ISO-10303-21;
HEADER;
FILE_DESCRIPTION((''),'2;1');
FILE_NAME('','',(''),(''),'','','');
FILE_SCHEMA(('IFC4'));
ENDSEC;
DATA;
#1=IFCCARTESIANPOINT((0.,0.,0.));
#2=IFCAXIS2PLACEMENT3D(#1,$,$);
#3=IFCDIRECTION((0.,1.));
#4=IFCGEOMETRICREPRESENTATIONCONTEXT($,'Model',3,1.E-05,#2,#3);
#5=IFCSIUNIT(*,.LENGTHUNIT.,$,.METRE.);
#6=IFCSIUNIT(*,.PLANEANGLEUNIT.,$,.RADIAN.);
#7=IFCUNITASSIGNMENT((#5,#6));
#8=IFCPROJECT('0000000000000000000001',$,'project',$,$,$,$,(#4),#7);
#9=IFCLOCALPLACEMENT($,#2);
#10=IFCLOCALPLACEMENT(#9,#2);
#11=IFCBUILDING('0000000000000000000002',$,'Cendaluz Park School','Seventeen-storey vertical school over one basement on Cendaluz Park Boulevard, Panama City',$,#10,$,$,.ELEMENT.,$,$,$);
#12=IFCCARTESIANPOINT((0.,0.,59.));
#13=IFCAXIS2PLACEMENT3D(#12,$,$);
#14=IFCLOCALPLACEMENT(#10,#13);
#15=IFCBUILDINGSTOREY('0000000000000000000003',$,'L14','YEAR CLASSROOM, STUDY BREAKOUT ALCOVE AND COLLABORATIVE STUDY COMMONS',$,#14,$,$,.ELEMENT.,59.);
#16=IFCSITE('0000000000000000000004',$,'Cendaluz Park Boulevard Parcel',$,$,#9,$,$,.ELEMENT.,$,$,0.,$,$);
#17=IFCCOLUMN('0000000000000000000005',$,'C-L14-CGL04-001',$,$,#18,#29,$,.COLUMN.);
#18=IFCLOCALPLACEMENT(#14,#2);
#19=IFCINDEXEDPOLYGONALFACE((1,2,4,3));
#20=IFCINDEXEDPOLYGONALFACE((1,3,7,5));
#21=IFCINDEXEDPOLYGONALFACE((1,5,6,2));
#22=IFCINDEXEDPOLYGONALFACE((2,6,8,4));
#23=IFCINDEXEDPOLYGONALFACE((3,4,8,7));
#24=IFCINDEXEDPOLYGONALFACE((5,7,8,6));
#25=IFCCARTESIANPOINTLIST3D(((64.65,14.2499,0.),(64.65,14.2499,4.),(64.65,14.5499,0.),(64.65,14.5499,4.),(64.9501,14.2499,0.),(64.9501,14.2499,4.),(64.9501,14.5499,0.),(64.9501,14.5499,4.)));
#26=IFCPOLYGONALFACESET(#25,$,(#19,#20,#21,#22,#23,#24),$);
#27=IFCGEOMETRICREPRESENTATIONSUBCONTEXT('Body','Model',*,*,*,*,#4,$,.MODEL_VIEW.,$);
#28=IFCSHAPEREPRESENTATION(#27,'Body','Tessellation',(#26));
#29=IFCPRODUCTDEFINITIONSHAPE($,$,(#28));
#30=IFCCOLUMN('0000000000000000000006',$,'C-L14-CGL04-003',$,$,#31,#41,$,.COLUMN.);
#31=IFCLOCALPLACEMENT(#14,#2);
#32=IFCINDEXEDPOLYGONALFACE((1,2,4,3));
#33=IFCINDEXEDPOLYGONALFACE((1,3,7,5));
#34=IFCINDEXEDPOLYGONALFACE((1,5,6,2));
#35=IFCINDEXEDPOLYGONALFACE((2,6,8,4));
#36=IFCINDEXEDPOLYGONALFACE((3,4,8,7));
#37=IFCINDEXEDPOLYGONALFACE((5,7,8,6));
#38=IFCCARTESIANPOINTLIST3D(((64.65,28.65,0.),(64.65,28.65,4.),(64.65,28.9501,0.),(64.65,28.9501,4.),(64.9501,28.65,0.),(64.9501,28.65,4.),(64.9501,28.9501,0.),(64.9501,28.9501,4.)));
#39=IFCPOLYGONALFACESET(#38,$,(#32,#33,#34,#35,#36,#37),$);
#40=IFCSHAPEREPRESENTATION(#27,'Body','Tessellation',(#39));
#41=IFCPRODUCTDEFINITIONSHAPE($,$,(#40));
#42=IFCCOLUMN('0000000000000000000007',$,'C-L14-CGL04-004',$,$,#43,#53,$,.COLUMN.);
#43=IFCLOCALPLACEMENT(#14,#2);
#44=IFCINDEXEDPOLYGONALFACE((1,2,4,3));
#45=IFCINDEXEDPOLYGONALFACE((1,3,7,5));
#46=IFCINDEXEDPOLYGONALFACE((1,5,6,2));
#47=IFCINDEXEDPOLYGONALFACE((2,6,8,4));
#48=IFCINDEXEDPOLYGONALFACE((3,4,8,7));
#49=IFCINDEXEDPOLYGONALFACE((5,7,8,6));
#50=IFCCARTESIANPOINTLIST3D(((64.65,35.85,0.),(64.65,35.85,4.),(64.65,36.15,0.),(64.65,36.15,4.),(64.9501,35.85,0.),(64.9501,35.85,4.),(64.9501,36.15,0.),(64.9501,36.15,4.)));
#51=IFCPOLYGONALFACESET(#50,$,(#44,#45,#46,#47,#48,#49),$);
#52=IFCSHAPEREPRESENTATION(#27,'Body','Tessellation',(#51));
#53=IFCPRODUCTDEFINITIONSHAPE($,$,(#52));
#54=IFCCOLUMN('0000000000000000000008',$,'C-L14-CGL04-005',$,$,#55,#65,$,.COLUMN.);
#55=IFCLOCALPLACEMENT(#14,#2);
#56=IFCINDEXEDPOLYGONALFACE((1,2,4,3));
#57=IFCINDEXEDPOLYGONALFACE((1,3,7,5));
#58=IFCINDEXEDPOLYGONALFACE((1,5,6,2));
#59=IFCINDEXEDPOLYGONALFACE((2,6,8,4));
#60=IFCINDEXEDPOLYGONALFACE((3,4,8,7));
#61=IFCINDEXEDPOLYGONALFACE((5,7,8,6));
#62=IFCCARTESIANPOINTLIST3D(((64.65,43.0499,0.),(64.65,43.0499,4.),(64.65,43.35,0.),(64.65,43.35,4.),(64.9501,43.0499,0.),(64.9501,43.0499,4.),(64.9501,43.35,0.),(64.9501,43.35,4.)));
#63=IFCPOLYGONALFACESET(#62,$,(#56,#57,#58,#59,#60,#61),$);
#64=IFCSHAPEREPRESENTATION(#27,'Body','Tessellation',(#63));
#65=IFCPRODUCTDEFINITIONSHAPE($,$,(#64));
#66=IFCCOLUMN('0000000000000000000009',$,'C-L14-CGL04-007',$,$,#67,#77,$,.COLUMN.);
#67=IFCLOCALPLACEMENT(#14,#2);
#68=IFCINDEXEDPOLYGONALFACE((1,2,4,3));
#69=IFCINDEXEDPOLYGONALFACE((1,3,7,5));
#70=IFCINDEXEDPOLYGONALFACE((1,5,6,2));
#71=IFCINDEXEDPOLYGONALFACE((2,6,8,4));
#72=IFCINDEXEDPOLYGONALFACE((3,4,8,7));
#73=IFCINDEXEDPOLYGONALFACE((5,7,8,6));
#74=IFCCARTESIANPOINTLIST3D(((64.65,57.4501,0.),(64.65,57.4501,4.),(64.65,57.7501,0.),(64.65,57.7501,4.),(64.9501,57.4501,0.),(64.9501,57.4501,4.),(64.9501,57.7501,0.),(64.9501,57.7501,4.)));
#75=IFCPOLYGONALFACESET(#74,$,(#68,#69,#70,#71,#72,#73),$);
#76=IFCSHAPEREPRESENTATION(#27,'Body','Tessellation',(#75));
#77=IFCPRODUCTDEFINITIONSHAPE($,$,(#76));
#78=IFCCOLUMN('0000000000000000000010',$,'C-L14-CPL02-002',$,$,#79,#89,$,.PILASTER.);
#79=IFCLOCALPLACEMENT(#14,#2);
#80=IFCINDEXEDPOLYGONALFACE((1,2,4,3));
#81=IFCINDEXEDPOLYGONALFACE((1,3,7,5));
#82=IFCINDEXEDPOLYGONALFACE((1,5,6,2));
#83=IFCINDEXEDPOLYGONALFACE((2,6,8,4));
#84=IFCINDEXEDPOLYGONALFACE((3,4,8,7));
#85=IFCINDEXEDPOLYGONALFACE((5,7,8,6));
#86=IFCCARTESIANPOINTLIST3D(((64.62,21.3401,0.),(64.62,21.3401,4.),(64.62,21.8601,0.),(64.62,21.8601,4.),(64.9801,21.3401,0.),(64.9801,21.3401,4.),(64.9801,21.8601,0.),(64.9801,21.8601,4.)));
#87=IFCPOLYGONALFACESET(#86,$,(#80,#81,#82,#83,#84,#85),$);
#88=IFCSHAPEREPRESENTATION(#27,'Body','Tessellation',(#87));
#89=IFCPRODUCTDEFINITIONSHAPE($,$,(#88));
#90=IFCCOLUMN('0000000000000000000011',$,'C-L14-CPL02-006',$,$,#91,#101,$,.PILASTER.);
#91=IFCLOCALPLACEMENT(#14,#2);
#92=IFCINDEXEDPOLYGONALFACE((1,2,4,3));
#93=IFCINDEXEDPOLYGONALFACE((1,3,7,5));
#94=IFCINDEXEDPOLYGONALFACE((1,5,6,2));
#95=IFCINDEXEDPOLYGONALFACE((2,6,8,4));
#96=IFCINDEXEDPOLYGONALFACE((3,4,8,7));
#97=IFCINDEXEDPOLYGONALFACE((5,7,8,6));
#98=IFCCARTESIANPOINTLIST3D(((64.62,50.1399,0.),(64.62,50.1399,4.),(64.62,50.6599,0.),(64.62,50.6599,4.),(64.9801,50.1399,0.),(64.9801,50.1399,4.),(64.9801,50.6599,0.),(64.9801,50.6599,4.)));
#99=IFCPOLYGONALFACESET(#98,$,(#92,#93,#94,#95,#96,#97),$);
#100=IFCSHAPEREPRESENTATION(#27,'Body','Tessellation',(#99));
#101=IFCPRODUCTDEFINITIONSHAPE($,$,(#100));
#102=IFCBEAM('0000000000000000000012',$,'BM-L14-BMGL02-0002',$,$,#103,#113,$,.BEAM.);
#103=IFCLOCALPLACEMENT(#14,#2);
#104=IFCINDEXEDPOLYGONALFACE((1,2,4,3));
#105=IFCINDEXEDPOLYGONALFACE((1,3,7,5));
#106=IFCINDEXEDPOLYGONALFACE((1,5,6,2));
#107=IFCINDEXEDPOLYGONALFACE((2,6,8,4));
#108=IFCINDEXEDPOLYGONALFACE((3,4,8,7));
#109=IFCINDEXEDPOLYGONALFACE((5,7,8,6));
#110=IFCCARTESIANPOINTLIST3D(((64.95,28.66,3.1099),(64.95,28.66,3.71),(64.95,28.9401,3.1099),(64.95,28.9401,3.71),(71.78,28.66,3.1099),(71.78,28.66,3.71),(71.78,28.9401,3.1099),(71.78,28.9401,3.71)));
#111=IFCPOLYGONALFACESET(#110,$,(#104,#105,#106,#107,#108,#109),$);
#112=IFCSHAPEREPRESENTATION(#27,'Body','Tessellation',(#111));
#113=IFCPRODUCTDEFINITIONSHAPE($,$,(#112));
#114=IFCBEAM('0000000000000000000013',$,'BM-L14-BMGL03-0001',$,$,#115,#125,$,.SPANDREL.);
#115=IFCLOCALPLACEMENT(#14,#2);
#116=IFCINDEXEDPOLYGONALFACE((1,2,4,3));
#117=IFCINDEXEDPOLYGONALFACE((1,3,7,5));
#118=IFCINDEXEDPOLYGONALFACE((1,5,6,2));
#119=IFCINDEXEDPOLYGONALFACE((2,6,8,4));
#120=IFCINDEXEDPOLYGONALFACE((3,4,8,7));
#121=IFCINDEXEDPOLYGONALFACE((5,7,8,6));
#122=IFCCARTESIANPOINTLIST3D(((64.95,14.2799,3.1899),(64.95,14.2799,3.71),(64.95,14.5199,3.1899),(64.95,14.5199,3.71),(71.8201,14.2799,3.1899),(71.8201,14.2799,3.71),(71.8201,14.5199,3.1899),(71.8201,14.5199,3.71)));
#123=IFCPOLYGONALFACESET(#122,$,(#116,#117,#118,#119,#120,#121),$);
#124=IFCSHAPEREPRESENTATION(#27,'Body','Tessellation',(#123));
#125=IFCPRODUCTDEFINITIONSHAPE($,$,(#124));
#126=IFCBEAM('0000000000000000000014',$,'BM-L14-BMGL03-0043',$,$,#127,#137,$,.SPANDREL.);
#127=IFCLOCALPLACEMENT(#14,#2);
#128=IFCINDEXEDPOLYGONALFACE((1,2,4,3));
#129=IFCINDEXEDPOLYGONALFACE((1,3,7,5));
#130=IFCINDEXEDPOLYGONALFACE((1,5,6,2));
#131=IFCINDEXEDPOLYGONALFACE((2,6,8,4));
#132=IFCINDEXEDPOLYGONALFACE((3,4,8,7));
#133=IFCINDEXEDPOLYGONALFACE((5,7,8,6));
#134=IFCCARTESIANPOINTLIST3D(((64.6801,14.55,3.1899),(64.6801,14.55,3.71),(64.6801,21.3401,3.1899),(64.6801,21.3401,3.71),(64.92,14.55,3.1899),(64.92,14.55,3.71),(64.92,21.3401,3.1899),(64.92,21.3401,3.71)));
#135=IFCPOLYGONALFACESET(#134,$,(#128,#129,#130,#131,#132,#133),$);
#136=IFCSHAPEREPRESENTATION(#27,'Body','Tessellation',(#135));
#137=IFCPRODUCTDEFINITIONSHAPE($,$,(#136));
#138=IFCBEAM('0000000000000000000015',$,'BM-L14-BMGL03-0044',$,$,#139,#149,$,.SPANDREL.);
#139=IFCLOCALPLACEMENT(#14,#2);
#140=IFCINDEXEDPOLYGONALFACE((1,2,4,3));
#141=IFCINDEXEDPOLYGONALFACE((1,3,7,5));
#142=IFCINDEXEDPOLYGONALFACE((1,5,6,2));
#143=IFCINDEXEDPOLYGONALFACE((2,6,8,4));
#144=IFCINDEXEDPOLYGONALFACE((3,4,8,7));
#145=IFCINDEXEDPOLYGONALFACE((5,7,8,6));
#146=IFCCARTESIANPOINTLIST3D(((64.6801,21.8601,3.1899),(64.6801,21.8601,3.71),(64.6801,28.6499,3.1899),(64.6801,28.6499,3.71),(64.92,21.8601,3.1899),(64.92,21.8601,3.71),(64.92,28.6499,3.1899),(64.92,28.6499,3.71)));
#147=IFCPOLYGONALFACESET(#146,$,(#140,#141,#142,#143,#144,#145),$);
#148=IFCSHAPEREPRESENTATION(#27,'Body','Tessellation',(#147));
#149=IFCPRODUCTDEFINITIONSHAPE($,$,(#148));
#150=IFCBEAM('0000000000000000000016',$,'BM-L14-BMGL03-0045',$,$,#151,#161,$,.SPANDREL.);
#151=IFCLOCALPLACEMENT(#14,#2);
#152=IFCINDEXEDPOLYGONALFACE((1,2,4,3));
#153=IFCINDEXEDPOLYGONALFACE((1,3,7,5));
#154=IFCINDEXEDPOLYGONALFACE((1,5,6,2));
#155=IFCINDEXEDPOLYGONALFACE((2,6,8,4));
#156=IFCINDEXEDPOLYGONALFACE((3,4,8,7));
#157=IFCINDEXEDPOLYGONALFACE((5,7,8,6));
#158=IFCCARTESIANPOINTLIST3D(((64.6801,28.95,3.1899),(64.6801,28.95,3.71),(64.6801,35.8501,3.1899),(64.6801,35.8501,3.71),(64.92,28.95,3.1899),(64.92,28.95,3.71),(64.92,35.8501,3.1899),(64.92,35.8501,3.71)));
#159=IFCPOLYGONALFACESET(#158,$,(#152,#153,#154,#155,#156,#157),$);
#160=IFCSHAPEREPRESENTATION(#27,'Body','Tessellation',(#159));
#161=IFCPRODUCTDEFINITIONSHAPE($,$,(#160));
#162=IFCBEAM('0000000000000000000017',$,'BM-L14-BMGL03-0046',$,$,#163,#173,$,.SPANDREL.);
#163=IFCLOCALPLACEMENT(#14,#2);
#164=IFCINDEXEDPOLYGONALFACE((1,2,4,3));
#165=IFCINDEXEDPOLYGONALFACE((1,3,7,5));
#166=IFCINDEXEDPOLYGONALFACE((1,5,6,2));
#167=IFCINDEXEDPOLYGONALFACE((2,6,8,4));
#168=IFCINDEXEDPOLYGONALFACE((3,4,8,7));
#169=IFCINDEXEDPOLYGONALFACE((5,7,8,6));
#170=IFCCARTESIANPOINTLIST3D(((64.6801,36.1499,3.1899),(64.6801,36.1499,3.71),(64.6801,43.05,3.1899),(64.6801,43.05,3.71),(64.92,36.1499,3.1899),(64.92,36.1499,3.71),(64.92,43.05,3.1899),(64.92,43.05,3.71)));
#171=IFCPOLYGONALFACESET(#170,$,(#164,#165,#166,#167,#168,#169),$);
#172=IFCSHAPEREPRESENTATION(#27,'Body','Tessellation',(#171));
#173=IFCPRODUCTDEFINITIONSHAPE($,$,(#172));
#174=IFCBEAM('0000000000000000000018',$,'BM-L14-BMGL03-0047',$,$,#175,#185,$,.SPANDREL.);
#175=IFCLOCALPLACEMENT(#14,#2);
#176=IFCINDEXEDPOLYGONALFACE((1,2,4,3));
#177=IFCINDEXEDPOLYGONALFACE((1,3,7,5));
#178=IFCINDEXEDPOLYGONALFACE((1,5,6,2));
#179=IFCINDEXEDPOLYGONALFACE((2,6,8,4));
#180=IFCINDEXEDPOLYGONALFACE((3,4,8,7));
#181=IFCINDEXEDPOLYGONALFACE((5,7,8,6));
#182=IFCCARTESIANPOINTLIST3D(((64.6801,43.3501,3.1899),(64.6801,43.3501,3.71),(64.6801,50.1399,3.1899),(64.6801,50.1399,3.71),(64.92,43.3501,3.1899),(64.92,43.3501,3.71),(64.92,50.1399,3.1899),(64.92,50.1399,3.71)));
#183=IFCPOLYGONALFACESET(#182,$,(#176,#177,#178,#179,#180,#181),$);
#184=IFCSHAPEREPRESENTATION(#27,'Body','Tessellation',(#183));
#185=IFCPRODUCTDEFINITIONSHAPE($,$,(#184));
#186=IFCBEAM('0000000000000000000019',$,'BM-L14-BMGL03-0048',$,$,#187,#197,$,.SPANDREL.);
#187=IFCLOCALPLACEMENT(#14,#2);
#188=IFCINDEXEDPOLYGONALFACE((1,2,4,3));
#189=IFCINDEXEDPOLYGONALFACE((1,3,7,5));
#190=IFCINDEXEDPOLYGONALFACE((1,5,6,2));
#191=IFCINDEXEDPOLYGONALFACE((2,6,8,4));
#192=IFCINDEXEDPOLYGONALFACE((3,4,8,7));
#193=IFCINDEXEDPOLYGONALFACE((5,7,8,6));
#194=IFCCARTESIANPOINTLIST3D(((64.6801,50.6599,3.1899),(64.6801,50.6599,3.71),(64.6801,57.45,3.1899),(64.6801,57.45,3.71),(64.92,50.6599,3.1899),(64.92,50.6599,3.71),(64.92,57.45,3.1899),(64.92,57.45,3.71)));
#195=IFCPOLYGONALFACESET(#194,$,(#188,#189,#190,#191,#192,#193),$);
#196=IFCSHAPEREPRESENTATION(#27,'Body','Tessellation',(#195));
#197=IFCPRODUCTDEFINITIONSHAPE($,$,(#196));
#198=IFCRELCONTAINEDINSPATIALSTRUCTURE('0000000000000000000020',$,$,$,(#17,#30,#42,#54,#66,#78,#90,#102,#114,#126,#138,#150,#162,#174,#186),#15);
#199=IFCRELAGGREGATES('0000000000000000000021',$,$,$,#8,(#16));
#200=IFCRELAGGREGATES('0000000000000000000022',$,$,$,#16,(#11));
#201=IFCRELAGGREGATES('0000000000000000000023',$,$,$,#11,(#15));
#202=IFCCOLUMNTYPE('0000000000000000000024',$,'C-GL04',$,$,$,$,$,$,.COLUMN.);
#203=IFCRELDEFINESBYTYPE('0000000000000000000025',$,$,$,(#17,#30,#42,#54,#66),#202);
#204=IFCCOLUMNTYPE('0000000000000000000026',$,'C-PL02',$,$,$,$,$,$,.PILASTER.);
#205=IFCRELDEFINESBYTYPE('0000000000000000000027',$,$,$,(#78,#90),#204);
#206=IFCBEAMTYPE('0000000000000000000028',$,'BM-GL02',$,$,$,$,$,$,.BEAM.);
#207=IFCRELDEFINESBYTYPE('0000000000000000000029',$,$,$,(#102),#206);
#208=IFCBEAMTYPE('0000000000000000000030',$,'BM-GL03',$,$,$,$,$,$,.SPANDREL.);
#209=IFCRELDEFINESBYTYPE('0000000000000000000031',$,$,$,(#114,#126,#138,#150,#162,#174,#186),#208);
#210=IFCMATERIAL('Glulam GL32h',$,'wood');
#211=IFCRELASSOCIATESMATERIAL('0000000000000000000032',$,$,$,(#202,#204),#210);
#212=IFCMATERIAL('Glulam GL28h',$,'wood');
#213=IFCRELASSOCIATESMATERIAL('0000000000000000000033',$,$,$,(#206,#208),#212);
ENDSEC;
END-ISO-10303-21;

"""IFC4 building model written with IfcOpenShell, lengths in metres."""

from ifc_helpers import new_model, si_unit, direction, frame, origin, origin_2d, place, context, subcontext, project, spatial, rectangle, extrude, material, material_profile, profile_set, type_object, element, save


model = new_model("IFC4")

# Units and contexts
model_context = context("Model", 3, precision=1e-05, world=origin(), true_north=direction((0.0, 1.0)))
body_context = subcontext(model_context, "Body", "Model", "MODEL_VIEW")
ifc_project = project(units=[si_unit("LENGTHUNIT", "METRE"), si_unit("PLANEANGLEUNIT", "RADIAN")], contexts=[model_context])

# Site, building, storey
site_placement = place(None, origin())
site = spatial("IfcSite", under=ifc_project, at=site_placement, Name="Cendaluz Park Boulevard Parcel", CompositionType="ELEMENT", RefElevation=0.0)
building_placement = place(site_placement, origin())
building = spatial("IfcBuilding", under=site, at=building_placement, Name="Cendaluz Park School", Description="Seventeen-storey vertical school over one basement on Cendaluz Park Boulevard, Panama City", CompositionType="ELEMENT")
storey_placement = place(building_placement, frame((0.0, 0.0, 59.0)))
storey = spatial("IfcBuildingStorey", under=building, at=storey_placement, Name="L14", Description="YEAR CLASSROOM, STUDY BREAKOUT ALCOVE AND COLLABORATIVE STUDY COMMONS", CompositionType="ELEMENT", Elevation=59.0)

# Columns
ifc_material_1 = material(Name="Glulam GL32h", Category="wood")
ifc_material_profile_1 = material_profile(ifc_material_1, rectangle(XDim=0.3, YDim=0.3, at=origin_2d()), Name="GL32h 300x300", Category="wood")
ifc_profile_set_1 = profile_set([ifc_material_profile_1], Name="Glulam GL32h")
column_type_1 = type_object("IfcColumnType", Name="C-GL04", PredefinedType="COLUMN", material=ifc_profile_set_1)
for number, where, z_axis, x_axis, name in (
    (1, (64.8, 14.3999, 0.0), (0.0, 0.0, 1.0), (1.0, 0.0, 0.0), "C-L14-CGL04-001"),
    (2, (64.8, 28.8, 0.0), (0.0, 0.0, 1.0), (1.0, 0.0, 0.0), "C-L14-CGL04-003"),
    (3, (64.8, 36.0, 0.0), (0.0, 0.0, 1.0), (1.0, 0.0, 0.0), "C-L14-CGL04-004"),
    (4, (64.8, 43.2, 0.0), (0.0, 0.0, 1.0), (1.0, 0.0, 0.0), "C-L14-CGL04-005"),
    (5, (64.8, 57.6001, 0.0), (0.0, 0.0, 1.0), (1.0, 0.0, 0.0), "C-L14-CGL04-007"),
):
    element("IfcColumn", number, at=place(storey_placement, frame(where, z_axis=z_axis, x_axis=x_axis)), inside=storey, type_object=column_type_1, Name=name, PredefinedType="COLUMN", context=body_context, shape_type="SweptSolid", body=[
        extrude(rectangle(XDim=0.3, YDim=0.3, at=origin_2d()), origin(), (0.0, 0.0, 1.0), 4.0),
    ])
ifc_material_profile_2 = material_profile(ifc_material_1, rectangle(XDim=0.3601, YDim=0.52, at=origin_2d()), Name="GL32h 360x520", Category="wood")
ifc_profile_set_2 = profile_set([ifc_material_profile_2], Name="Glulam GL32h")
column_type_2 = type_object("IfcColumnType", Name="C-PL02", PredefinedType="PILASTER", material=ifc_profile_set_2)
for number, where, z_axis, x_axis, name in (
    (6, (64.8, 21.6001, 0.0), (0.0, 0.0, 1.0), (1.0, 0.0, 0.0), "C-L14-CPL02-002"),
    (7, (64.8, 50.3999, 0.0), (0.0, 0.0, 1.0), (1.0, 0.0, 0.0), "C-L14-CPL02-006"),
):
    element("IfcColumn", number, at=place(storey_placement, frame(where, z_axis=z_axis, x_axis=x_axis)), inside=storey, type_object=column_type_2, Name=name, PredefinedType="PILASTER", context=body_context, shape_type="SweptSolid", body=[
        extrude(rectangle(XDim=0.3601, YDim=0.52, at=origin_2d()), origin(), (0.0, 0.0, 1.0), 4.0),
    ])

# Beams
ifc_material_2 = material(Name="Glulam GL28h", Category="wood")
ifc_material_profile_3 = material_profile(ifc_material_2, rectangle(XDim=0.28, YDim=0.6001, at=origin_2d()), Name="GL28h 280x600", Category="wood")
ifc_profile_set_3 = profile_set([ifc_material_profile_3], Name="Glulam GL28h")
beam_type_1 = type_object("IfcBeamType", Name="BM-GL02", PredefinedType="BEAM", material=ifc_profile_set_3)
beam_1_placement = place(storey_placement, frame((64.95, 28.8, 3.4099), z_axis=(1.0, 0.0, 0.0), x_axis=(0.0, 1.0, 0.0)))
element("IfcBeam", 8, at=beam_1_placement, inside=storey, type_object=beam_type_1, Name="BM-L14-BMGL02-0002", PredefinedType="BEAM", context=body_context, shape_type="SweptSolid", body=[
    extrude(rectangle(XDim=0.28, YDim=0.6001, at=origin_2d()), origin(), (0.0, 0.0, 1.0), 6.8301),
])
ifc_material_profile_4 = material_profile(ifc_material_2, rectangle(XDim=0.24, YDim=0.52, at=origin_2d()), Name="GL28h 240x520", Category="wood")
ifc_profile_set_4 = profile_set([ifc_material_profile_4], Name="Glulam GL28h")
beam_type_2 = type_object("IfcBeamType", Name="BM-GL03", PredefinedType="SPANDREL", material=ifc_profile_set_4)
beam_2_placement = place(storey_placement, frame((64.95, 14.3999, 3.45), z_axis=(1.0, 0.0, 0.0), x_axis=(0.0, 1.0, 0.0)))
element("IfcBeam", 9, at=beam_2_placement, inside=storey, type_object=beam_type_2, Name="BM-L14-BMGL03-0001", PredefinedType="SPANDREL", context=body_context, shape_type="SweptSolid", body=[
    extrude(rectangle(XDim=0.24, YDim=0.52, at=origin_2d()), origin(), (0.0, 0.0, 1.0), 6.8701),
])
beam_3_placement = place(storey_placement, frame((64.8, 14.55, 3.45), z_axis=(0.0, 1.0, 0.0), x_axis=(-1.0, 0.0, 0.0)))
element("IfcBeam", 10, at=beam_3_placement, inside=storey, type_object=beam_type_2, Name="BM-L14-BMGL03-0043", PredefinedType="SPANDREL", context=body_context, shape_type="SweptSolid", body=[
    extrude(rectangle(XDim=0.24, YDim=0.52, at=origin_2d()), origin(), (0.0, 0.0, 1.0), 6.79),
])
beam_4_placement = place(storey_placement, frame((64.8, 21.8601, 3.45), z_axis=(0.0, 1.0, 0.0), x_axis=(-1.0, 0.0, 0.0)))
element("IfcBeam", 11, at=beam_4_placement, inside=storey, type_object=beam_type_2, Name="BM-L14-BMGL03-0044", PredefinedType="SPANDREL", context=body_context, shape_type="SweptSolid", body=[
    extrude(rectangle(XDim=0.24, YDim=0.52, at=origin_2d()), origin(), (0.0, 0.0, 1.0), 6.7898),
])
for number, where, z_axis, x_axis, name in (
    (12, (64.8, 28.95, 3.45), (0.0, 1.0, 0.0), (-1.0, 0.0, 0.0), "BM-L14-BMGL03-0045"),
    (13, (64.8, 36.1499, 3.45), (0.0, 1.0, 0.0), (-1.0, 0.0, 0.0), "BM-L14-BMGL03-0046"),
):
    element("IfcBeam", number, at=place(storey_placement, frame(where, z_axis=z_axis, x_axis=x_axis)), inside=storey, type_object=beam_type_2, Name=name, PredefinedType="SPANDREL", context=body_context, shape_type="SweptSolid", body=[
        extrude(rectangle(XDim=0.24, YDim=0.52, at=origin_2d()), origin(), (0.0, 0.0, 1.0), 6.9001),
    ])
beam_5_placement = place(storey_placement, frame((64.8, 43.3501, 3.45), z_axis=(0.0, 1.0, 0.0), x_axis=(-1.0, 0.0, 0.0)))
element("IfcBeam", 14, at=beam_5_placement, inside=storey, type_object=beam_type_2, Name="BM-L14-BMGL03-0047", PredefinedType="SPANDREL", context=body_context, shape_type="SweptSolid", body=[
    extrude(rectangle(XDim=0.24, YDim=0.52, at=origin_2d()), origin(), (0.0, 0.0, 1.0), 6.7898),
])
beam_6_placement = place(storey_placement, frame((64.8, 50.6599, 3.45), z_axis=(0.0, 1.0, 0.0), x_axis=(-1.0, 0.0, 0.0)))
element("IfcBeam", 15, at=beam_6_placement, inside=storey, type_object=beam_type_2, Name="BM-L14-BMGL03-0048", PredefinedType="SPANDREL", context=body_context, shape_type="SweptSolid", body=[
    extrude(rectangle(XDim=0.24, YDim=0.52, at=origin_2d()), origin(), (0.0, 0.0, 1.0), 6.79),
])

save(model, "model.ifc")
